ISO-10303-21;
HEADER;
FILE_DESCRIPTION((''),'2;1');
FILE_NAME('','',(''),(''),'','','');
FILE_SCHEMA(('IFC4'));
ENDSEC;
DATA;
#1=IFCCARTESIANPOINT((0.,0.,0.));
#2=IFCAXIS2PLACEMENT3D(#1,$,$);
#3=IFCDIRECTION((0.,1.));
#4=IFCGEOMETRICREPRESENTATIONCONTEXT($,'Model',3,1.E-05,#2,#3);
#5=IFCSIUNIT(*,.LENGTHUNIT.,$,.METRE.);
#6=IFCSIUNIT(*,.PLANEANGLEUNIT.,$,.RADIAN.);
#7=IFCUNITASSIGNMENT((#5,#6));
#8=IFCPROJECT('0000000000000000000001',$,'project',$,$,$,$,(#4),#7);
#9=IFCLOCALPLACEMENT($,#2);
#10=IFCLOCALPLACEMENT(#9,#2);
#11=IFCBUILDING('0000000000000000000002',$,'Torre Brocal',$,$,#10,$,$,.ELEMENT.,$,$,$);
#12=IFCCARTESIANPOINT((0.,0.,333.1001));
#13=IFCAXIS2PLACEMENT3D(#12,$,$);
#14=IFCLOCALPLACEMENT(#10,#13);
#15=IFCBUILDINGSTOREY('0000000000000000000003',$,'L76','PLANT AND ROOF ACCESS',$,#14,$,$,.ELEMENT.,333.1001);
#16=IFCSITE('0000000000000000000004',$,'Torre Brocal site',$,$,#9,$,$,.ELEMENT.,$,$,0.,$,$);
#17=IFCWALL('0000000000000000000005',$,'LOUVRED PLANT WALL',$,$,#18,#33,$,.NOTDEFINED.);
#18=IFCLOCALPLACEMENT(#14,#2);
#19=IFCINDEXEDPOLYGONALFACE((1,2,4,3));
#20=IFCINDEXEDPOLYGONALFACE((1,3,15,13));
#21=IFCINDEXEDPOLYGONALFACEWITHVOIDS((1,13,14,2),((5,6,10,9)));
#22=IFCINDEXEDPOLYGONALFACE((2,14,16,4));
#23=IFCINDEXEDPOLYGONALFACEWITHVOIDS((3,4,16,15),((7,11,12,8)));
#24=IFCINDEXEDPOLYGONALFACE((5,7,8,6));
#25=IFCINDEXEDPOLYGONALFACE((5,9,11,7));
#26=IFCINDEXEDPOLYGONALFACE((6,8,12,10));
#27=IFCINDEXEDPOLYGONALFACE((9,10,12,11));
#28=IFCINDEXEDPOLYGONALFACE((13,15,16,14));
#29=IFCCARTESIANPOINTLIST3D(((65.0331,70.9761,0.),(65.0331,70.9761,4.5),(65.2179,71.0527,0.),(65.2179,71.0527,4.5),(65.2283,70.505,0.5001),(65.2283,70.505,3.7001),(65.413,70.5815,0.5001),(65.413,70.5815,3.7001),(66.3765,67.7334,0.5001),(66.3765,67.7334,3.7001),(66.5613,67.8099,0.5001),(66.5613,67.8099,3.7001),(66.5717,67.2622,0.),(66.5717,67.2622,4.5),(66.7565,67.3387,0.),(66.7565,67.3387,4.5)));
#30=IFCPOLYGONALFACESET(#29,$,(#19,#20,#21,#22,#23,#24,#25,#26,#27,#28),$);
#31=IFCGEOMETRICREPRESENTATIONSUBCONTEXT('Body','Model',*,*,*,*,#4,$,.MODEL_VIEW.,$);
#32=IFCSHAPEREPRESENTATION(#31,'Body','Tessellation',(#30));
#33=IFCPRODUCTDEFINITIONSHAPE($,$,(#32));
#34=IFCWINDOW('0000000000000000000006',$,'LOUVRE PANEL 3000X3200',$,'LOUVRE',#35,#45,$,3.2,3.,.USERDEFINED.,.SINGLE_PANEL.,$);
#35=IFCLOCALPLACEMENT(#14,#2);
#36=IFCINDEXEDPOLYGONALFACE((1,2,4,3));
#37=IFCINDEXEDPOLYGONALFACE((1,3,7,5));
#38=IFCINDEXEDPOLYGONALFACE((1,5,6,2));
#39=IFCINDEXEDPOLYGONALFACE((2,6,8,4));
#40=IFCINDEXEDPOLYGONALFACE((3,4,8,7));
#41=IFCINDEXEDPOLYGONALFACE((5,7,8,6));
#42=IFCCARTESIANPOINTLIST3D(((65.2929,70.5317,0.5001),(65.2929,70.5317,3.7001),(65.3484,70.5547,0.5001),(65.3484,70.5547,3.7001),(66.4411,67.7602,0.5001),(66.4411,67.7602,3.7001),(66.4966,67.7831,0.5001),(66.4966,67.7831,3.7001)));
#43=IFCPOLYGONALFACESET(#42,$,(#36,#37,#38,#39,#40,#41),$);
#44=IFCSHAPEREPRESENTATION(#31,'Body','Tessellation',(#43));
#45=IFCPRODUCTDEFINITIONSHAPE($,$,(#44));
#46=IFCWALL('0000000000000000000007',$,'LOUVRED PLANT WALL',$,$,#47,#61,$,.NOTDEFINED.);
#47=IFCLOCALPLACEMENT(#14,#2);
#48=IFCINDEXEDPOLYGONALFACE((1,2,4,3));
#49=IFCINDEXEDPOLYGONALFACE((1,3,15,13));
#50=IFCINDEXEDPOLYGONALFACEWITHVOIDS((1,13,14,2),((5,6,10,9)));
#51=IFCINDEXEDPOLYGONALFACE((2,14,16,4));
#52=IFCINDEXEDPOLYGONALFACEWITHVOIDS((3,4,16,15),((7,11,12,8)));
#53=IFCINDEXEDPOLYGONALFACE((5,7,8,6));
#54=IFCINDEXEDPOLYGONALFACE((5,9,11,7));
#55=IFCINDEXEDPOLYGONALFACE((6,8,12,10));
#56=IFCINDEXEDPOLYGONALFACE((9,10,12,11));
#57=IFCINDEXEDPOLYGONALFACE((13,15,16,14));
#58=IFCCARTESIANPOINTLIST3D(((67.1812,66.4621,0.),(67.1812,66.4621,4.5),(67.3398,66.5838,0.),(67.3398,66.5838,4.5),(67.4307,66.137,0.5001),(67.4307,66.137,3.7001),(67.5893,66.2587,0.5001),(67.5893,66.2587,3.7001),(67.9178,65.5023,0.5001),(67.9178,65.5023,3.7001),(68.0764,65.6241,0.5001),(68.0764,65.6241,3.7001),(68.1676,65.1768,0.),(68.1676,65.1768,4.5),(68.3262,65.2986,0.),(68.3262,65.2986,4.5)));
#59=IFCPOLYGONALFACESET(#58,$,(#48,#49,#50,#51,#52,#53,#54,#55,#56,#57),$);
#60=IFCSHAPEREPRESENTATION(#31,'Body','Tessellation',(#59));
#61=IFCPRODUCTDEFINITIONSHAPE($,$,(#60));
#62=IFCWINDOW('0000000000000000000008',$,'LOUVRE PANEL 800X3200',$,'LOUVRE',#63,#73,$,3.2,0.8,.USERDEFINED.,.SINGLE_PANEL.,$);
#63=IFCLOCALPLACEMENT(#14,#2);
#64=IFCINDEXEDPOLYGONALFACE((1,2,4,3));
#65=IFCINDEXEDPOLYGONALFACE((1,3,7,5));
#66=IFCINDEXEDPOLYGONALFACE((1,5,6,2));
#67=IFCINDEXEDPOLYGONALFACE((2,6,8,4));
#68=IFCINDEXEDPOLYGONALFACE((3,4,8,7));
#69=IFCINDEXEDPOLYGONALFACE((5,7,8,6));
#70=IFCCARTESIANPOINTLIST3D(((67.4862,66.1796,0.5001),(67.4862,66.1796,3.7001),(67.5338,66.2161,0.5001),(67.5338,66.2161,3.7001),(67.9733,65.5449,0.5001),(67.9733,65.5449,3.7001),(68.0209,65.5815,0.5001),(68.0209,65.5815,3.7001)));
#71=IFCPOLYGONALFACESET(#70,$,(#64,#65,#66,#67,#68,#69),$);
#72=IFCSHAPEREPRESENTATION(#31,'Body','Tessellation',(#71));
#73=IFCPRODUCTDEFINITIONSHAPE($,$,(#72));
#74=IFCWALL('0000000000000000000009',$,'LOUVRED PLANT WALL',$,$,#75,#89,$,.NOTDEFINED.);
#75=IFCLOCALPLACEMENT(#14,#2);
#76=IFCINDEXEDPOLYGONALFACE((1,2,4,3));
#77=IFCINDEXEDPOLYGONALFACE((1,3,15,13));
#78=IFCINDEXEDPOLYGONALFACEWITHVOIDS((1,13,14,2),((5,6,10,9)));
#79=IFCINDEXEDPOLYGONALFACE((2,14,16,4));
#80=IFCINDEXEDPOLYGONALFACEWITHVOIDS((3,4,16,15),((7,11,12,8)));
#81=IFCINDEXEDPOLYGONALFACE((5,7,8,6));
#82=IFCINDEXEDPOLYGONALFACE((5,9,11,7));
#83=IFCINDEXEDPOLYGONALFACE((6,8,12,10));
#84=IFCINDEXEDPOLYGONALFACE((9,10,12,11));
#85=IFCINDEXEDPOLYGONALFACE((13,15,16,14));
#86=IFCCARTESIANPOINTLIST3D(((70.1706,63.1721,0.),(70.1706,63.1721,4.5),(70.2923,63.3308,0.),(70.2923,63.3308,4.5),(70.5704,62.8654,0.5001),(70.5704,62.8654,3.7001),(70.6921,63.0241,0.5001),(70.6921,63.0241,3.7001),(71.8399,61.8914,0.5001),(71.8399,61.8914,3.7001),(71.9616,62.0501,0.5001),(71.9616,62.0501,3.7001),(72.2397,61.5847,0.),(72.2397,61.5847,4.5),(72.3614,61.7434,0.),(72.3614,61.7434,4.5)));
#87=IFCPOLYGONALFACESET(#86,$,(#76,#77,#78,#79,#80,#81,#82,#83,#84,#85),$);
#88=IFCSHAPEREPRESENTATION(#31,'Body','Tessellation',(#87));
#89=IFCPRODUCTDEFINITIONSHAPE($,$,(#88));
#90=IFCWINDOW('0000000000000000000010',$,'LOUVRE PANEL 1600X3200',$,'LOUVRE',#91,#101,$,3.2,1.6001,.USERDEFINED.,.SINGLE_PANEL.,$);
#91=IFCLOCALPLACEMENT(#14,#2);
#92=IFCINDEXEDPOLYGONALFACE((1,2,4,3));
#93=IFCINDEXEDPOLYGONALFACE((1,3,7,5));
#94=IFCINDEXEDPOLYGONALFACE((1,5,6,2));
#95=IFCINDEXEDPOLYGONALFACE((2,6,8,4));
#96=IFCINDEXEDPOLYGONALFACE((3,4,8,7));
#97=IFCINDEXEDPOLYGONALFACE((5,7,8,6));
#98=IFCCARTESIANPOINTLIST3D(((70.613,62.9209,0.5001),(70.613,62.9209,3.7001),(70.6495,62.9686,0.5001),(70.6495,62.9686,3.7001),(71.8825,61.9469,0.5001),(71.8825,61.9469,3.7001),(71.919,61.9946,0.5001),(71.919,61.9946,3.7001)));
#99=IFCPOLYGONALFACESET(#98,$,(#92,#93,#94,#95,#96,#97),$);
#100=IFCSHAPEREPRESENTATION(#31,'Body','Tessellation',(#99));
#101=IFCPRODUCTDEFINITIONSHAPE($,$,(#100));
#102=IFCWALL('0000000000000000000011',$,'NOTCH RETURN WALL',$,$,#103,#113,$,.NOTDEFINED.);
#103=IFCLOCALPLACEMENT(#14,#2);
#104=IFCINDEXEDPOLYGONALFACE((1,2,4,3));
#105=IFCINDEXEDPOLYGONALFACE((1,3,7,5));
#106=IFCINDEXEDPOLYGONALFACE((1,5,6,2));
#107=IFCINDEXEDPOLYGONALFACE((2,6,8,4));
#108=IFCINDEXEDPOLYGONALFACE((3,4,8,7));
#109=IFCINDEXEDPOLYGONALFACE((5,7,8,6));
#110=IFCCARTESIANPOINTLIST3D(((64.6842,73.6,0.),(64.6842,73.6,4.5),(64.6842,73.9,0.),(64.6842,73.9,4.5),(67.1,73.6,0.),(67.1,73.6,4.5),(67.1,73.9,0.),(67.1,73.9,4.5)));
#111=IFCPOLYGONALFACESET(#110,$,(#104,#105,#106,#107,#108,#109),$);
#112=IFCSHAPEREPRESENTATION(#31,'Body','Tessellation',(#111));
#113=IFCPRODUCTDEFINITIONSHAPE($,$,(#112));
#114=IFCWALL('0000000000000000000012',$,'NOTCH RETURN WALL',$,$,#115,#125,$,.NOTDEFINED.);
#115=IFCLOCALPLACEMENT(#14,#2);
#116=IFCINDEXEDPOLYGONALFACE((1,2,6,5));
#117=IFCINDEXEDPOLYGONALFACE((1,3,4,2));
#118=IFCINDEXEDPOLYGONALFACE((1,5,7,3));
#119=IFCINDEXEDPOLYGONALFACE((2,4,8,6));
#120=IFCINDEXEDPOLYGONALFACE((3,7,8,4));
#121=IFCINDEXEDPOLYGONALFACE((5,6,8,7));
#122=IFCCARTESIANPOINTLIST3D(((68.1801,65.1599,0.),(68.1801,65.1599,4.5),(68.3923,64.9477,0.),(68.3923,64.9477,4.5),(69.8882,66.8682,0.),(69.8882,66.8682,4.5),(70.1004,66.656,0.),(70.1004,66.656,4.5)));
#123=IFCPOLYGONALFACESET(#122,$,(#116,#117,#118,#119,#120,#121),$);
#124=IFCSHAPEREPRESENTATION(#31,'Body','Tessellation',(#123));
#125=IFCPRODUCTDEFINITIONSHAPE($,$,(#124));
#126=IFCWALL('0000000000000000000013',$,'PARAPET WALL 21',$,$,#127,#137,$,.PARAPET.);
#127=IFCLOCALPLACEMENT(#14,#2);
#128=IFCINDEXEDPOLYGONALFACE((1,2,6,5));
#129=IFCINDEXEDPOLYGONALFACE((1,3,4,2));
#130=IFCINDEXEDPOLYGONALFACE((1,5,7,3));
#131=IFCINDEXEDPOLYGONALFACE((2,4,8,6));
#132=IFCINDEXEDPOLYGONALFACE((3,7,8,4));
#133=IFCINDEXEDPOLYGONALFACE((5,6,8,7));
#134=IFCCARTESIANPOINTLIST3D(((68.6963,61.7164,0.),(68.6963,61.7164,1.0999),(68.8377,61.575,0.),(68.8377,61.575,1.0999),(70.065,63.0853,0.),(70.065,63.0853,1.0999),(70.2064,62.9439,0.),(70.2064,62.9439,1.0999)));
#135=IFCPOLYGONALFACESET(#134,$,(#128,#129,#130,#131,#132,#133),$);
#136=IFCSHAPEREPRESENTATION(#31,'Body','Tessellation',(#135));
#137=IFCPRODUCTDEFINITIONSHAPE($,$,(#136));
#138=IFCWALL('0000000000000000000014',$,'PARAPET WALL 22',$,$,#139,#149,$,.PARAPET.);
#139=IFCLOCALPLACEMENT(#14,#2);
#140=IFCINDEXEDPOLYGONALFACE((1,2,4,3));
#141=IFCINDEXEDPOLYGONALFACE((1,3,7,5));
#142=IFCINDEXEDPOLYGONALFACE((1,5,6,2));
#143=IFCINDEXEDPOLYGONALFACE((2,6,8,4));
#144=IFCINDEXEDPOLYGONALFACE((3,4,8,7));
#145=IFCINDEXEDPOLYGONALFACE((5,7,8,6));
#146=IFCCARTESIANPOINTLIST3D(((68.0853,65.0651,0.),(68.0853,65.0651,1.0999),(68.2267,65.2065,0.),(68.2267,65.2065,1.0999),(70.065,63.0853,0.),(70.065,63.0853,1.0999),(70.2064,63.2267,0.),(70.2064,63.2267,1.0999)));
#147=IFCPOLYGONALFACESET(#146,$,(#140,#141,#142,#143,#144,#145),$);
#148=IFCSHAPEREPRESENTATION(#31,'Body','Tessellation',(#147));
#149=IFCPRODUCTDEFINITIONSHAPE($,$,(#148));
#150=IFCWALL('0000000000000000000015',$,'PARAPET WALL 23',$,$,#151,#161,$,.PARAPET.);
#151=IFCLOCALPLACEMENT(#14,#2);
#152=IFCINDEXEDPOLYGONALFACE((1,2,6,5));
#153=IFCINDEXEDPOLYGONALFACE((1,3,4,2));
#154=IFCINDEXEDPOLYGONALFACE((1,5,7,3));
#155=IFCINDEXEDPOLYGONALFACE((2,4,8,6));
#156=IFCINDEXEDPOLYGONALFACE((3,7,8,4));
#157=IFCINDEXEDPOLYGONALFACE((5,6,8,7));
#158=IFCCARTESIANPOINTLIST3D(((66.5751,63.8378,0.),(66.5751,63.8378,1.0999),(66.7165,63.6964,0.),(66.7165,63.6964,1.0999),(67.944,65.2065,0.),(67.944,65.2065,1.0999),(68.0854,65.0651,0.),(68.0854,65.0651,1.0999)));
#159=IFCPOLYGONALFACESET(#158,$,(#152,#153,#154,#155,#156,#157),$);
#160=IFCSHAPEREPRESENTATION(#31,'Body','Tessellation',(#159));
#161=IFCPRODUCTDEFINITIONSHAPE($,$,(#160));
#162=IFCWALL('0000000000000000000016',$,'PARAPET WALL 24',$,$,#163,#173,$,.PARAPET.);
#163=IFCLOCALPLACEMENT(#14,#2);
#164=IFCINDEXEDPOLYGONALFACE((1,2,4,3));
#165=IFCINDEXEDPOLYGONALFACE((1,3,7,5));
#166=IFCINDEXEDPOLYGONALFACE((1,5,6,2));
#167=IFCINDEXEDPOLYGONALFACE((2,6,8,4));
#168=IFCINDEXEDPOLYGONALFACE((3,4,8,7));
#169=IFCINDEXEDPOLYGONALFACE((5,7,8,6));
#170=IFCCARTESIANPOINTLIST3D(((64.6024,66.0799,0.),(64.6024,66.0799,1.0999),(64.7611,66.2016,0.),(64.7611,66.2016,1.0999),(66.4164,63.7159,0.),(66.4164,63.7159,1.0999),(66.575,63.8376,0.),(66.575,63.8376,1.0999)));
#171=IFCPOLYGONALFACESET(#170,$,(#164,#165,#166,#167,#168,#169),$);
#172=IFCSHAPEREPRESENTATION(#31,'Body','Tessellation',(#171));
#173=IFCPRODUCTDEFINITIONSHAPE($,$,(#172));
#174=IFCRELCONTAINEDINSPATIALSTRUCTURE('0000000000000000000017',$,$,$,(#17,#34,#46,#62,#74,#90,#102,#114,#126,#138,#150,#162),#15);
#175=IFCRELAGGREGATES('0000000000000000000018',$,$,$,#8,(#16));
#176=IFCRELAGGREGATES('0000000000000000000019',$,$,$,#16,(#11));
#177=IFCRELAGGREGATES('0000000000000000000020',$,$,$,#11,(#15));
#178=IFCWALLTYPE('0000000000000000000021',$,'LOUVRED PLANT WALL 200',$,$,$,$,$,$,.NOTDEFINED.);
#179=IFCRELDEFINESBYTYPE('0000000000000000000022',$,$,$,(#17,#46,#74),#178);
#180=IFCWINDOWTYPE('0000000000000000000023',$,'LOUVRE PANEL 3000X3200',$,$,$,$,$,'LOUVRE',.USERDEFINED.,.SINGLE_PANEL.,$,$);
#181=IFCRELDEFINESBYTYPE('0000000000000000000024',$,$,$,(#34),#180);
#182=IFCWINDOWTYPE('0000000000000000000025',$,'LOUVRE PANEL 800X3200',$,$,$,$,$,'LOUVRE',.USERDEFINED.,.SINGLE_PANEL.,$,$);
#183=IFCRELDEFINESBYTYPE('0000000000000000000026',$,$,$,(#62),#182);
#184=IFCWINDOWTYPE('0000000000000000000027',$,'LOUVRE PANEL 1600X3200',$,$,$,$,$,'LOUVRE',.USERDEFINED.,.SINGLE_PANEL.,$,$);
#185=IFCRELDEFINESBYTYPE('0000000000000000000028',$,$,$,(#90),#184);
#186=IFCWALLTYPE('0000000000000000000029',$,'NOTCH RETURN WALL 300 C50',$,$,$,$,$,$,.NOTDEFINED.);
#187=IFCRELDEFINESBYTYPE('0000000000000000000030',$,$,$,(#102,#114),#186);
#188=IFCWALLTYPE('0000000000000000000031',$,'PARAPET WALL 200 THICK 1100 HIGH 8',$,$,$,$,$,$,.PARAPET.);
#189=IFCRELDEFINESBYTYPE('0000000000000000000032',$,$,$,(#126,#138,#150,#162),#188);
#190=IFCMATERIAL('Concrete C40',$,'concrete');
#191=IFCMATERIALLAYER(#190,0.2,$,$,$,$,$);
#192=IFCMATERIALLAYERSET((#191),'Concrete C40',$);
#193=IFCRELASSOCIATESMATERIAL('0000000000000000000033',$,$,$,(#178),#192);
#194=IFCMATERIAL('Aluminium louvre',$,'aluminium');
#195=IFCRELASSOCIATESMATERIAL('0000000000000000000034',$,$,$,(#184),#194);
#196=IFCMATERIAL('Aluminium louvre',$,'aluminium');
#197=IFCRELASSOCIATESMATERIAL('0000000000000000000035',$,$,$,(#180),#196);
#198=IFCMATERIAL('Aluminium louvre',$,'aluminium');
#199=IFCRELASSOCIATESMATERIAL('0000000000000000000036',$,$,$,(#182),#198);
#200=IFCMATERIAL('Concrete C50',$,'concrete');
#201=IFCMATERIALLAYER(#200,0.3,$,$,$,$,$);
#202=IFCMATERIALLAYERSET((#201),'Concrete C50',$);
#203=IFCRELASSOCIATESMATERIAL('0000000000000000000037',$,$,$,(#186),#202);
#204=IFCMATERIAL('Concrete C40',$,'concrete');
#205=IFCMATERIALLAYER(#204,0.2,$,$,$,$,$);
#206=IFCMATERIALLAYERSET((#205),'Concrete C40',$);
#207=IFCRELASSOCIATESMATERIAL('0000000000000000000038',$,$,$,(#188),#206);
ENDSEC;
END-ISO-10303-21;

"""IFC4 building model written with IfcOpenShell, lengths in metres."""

from ifc_helpers import new_model, si_unit, direction, frame, frame_2d, origin, place, context, subcontext, project, spatial, rectangle, extrude, material, layer, layer_set, type_object, element, fill, save


model = new_model("IFC4")

# Units and contexts
model_context = context("Model", 3, precision=1e-05, world=origin(), true_north=direction((0.0, 1.0)))
body_context = subcontext(model_context, "Body", "Model", "MODEL_VIEW")
ifc_project = project(units=[si_unit("LENGTHUNIT", "METRE"), si_unit("PLANEANGLEUNIT", "RADIAN")], contexts=[model_context])

# Site, building, storey
site_placement = place(None, origin())
site = spatial("IfcSite", under=ifc_project, at=site_placement, Name="Torre Brocal site", CompositionType="ELEMENT", RefElevation=0.0)
building_placement = place(site_placement, origin())
building = spatial("IfcBuilding", under=site, at=building_placement, Name="Torre Brocal", CompositionType="ELEMENT")
storey_placement = place(building_placement, frame((0.0, 0.0, 333.1001)))
storey = spatial("IfcBuildingStorey", under=building, at=storey_placement, Name="L76", Description="PLANT AND ROOF ACCESS", CompositionType="ELEMENT", Elevation=333.1001)

# Walls, openings, windows
ifc_material_1 = material(Name="Concrete C40", Category="concrete")
ifc_layer_1 = layer(ifc_material_1, 0.2)
ifc_layer_set_1 = layer_set([ifc_layer_1], Name="Concrete C40")
wall_type_1 = type_object("IfcWallType", Name="LOUVRED PLANT WALL 200", PredefinedType="NOTDEFINED", material=ifc_layer_set_1)
ifc_material_2 = material(Name="Aluminium louvre", Category="aluminium")
window_type_1 = type_object("IfcWindowType", Name="LOUVRE PANEL 1600X3200", ElementType="LOUVRE", PartitioningType="SINGLE_PANEL", PredefinedType="USERDEFINED", material=ifc_material_2)
wall_1_placement = place(storey_placement, frame((65.1255, 71.0144, 0.0), z_axis=(0.0, 0.0, 1.0), x_axis=(0.382734, -0.923858, 0.0)))
wall_1 = element("IfcWall", 1, at=wall_1_placement, inside=storey, type_object=wall_type_1, Name="LOUVRED PLANT WALL", PredefinedType="NOTDEFINED", context=body_context, shape_type="SweptSolid", body=[
    extrude(rectangle(XDim=4.02, YDim=0.2, at=frame_2d((2.01, 0.0))), origin(), (0.0, 0.0, 1.0), 4.5),
])
opening_1_placement = place(wall_1_placement, frame((0.51, 0.0, 0.5)))
opening_1 = element("IfcOpeningElement", 2, at=opening_1_placement, cuts=wall_1, PredefinedType="OPENING", context=body_context, shape_type="SweptSolid", body=[
    extrude(rectangle(XDim=3.0, YDim=3.2, at=frame_2d((1.5, 1.6001))), frame((0.0, 0.1099, 0.0), z_axis=(0.0, -1.0, 0.0), x_axis=(1.0, 0.0, 0.0)), (0.0, 0.0, 1.0), 0.22),
])
ifc_material_3 = material(Name="Aluminium louvre", Category="aluminium")
window_type_2 = type_object("IfcWindowType", Name="LOUVRE PANEL 3000X3200", ElementType="LOUVRE", PartitioningType="SINGLE_PANEL", PredefinedType="USERDEFINED", material=ifc_material_3)
window_1_placement = place(opening_1_placement, origin())
window_1 = element("IfcWindow", 3, at=window_1_placement, inside=storey, type_object=window_type_2, Name="LOUVRE PANEL 3000X3200", ObjectType="LOUVRE", OverallHeight=3.2, OverallWidth=3.0, PartitioningType="SINGLE_PANEL", PredefinedType="USERDEFINED", context=body_context, shape_type="SweptSolid", body=[
    extrude(rectangle(XDim=3.0, YDim=3.2, at=frame_2d((1.5, 1.6001))), frame((0.0, 0.03, 0.0), z_axis=(0.0, -1.0, 0.0), x_axis=(1.0, 0.0, 0.0)), (0.0, 0.0, 1.0), 0.0601),
])
fill(opening_1, window_1)
wall_2_placement = place(storey_placement, frame((67.2605, 66.5229, 0.0), z_axis=(0.0, 0.0, 1.0), x_axis=(0.608836, -0.793296, 0.0)))
wall_2 = element("IfcWall", 4, at=wall_2_placement, inside=storey, type_object=wall_type_1, Name="LOUVRED PLANT WALL", PredefinedType="NOTDEFINED", context=body_context, shape_type="SweptSolid", body=[
    extrude(rectangle(XDim=1.6201, YDim=0.2, at=frame_2d((0.8101, 0.0))), origin(), (0.0, 0.0, 1.0), 4.5),
])
opening_2_placement = place(wall_2_placement, frame((0.4099, 0.0, 0.5)))
opening_2 = element("IfcOpeningElement", 5, at=opening_2_placement, cuts=wall_2, PredefinedType="OPENING", context=body_context, shape_type="SweptSolid", body=[
    extrude(rectangle(XDim=0.8, YDim=3.2, at=frame_2d((0.3999, 1.6001))), frame((0.0, 0.1099, 0.0), z_axis=(0.0, -1.0, 0.0), x_axis=(1.0, 0.0, 0.0)), (0.0, 0.0, 1.0), 0.22),
])
ifc_material_4 = material(Name="Aluminium louvre", Category="aluminium")
window_type_3 = type_object("IfcWindowType", Name="LOUVRE PANEL 800X3200", ElementType="LOUVRE", PartitioningType="SINGLE_PANEL", PredefinedType="USERDEFINED", material=ifc_material_4)
window_2_placement = place(opening_2_placement, origin())
window_2 = element("IfcWindow", 6, at=window_2_placement, inside=storey, type_object=window_type_3, Name="LOUVRE PANEL 800X3200", ObjectType="LOUVRE", OverallHeight=3.2, OverallWidth=0.8, PartitioningType="SINGLE_PANEL", PredefinedType="USERDEFINED", context=body_context, shape_type="SweptSolid", body=[
    extrude(rectangle(XDim=0.8, YDim=3.2, at=frame_2d((0.3999, 1.6001))), frame((0.0, 0.03, 0.0), z_axis=(0.0, -1.0, 0.0), x_axis=(1.0, 0.0, 0.0)), (0.0, 0.0, 1.0), 0.0601),
])
fill(opening_2, window_2)
wall_3_placement = place(storey_placement, frame((70.2314, 63.2515, 0.0), z_axis=(0.0, 0.0, 1.0), x_axis=(0.793403, -0.608697, 0.0)))
wall_3 = element("IfcWall", 7, at=wall_3_placement, inside=storey, type_object=wall_type_1, Name="LOUVRED PLANT WALL", PredefinedType="NOTDEFINED", context=body_context, shape_type="SweptSolid", body=[
    extrude(rectangle(XDim=2.6079, YDim=0.2, at=frame_2d((1.304, 0.0))), origin(), (0.0, 0.0, 1.0), 4.5),
])
opening_3_placement = place(wall_3_placement, frame((0.5039, 0.0, 0.5)))
opening_3 = element("IfcOpeningElement", 8, at=opening_3_placement, cuts=wall_3, PredefinedType="OPENING", context=body_context, shape_type="SweptSolid", body=[
    extrude(rectangle(XDim=1.6001, YDim=3.2, at=frame_2d((0.8, 1.6001))), frame((0.0, 0.1099, 0.0), z_axis=(0.0, -1.0, 0.0), x_axis=(1.0, 0.0, 0.0)), (0.0, 0.0, 1.0), 0.22),
])
window_3_placement = place(opening_3_placement, origin())
window_3 = element("IfcWindow", 9, at=window_3_placement, inside=storey, type_object=window_type_1, Name="LOUVRE PANEL 1600X3200", ObjectType="LOUVRE", OverallHeight=3.2, OverallWidth=1.6001, PartitioningType="SINGLE_PANEL", PredefinedType="USERDEFINED", context=body_context, shape_type="SweptSolid", body=[
    extrude(rectangle(XDim=1.6001, YDim=3.2, at=frame_2d((0.8, 1.6001))), frame((0.0, 0.03, 0.0), z_axis=(0.0, -1.0, 0.0), x_axis=(1.0, 0.0, 0.0)), (0.0, 0.0, 1.0), 0.0601),
])
fill(opening_3, window_3)

# Walls
ifc_material_5 = material(Name="Concrete C50", Category="concrete")
ifc_layer_2 = layer(ifc_material_5, 0.3)
ifc_layer_set_2 = layer_set([ifc_layer_2], Name="Concrete C50")
wall_type_2 = type_object("IfcWallType", Name="NOTCH RETURN WALL 300 C50", PredefinedType="NOTDEFINED", material=ifc_layer_set_2)
for number, where, z_axis, x_axis, name in (
    (10, (67.1001, 73.75, 0.0), (0.0, 0.0, 1.0), (-1.0, 0.0, 0.0), "NOTCH RETURN WALL"),
    (11, (69.9944, 66.7622, 0.0), (0.0, 0.0, 1.0), (-0.707056, -0.707157, 0.0), "NOTCH RETURN WALL"),
):
    element("IfcWall", number, at=place(storey_placement, frame(where, z_axis=z_axis, x_axis=x_axis)), inside=storey, type_object=wall_type_2, Name=name, PredefinedType="NOTDEFINED", context=body_context, shape_type="SweptSolid", body=[
        extrude(rectangle(XDim=2.4158, YDim=0.3, at=frame_2d((1.208, 0.0))), origin(), (0.0, 0.0, 1.0), 4.5),
    ])
ifc_material_6 = material(Name="Concrete C40", Category="concrete")
ifc_layer_3 = layer(ifc_material_6, 0.2)
ifc_layer_set_3 = layer_set([ifc_layer_3], Name="Concrete C40")
wall_type_3 = type_object("IfcWallType", Name="PARAPET WALL 200 THICK 1100 HIGH 8", PredefinedType="PARAPET", material=ifc_layer_set_3)
wall_4_placement = place(storey_placement, frame((68.7671, 61.6458, 0.0), z_axis=(0.0, 0.0, 1.0), x_axis=(0.707044, 0.70717, 0.0)))
element("IfcWall", 12, at=wall_4_placement, inside=storey, type_object=wall_type_3, Name="PARAPET WALL 21", PredefinedType="PARAPET", context=body_context, shape_type="SweptSolid", body=[
    extrude(rectangle(XDim=1.9358, YDim=0.2, at=frame_2d((0.9678, 0.0))), origin(), (0.0, 0.0, 1.0), 1.0999),
])
wall_5_placement = place(storey_placement, frame((70.1357, 63.156, 0.0), z_axis=(0.0, 0.0, 1.0), x_axis=(-0.707107, 0.707107, 0.0)))
element("IfcWall", 13, at=wall_5_placement, inside=storey, type_object=wall_type_3, Name="PARAPET WALL 22", PredefinedType="PARAPET", context=body_context, shape_type="SweptSolid", body=[
    extrude(rectangle(XDim=2.7998, YDim=0.2, at=frame_2d((1.3999, 0.0))), origin(), (0.0, 0.0, 1.0), 1.0999),
])
wall_6_placement = place(storey_placement, frame((68.0146, 65.1357, 0.0), z_axis=(0.0, 0.0, 1.0), x_axis=(-0.70717, -0.707044, 0.0)))
element("IfcWall", 14, at=wall_6_placement, inside=storey, type_object=wall_type_3, Name="PARAPET WALL 23", PredefinedType="PARAPET", context=body_context, shape_type="SweptSolid", body=[
    extrude(rectangle(XDim=1.9358, YDim=0.2, at=frame_2d((0.9678, 0.0))), origin(), (0.0, 0.0, 1.0), 1.0999),
])
wall_7_placement = place(storey_placement, frame((66.4956, 63.7769, 0.0), z_axis=(0.0, 0.0, 1.0), x_axis=(-0.60876, 0.793354, 0.0)))
element("IfcWall", 15, at=wall_7_placement, inside=storey, type_object=wall_type_3, Name="PARAPET WALL 24", PredefinedType="PARAPET", context=body_context, shape_type="SweptSolid", body=[
    extrude(rectangle(XDim=2.9797, YDim=0.2, at=frame_2d((1.4897, 0.0))), origin(), (0.0, 0.0, 1.0), 1.0999),
])

save(model, "model.ifc")
